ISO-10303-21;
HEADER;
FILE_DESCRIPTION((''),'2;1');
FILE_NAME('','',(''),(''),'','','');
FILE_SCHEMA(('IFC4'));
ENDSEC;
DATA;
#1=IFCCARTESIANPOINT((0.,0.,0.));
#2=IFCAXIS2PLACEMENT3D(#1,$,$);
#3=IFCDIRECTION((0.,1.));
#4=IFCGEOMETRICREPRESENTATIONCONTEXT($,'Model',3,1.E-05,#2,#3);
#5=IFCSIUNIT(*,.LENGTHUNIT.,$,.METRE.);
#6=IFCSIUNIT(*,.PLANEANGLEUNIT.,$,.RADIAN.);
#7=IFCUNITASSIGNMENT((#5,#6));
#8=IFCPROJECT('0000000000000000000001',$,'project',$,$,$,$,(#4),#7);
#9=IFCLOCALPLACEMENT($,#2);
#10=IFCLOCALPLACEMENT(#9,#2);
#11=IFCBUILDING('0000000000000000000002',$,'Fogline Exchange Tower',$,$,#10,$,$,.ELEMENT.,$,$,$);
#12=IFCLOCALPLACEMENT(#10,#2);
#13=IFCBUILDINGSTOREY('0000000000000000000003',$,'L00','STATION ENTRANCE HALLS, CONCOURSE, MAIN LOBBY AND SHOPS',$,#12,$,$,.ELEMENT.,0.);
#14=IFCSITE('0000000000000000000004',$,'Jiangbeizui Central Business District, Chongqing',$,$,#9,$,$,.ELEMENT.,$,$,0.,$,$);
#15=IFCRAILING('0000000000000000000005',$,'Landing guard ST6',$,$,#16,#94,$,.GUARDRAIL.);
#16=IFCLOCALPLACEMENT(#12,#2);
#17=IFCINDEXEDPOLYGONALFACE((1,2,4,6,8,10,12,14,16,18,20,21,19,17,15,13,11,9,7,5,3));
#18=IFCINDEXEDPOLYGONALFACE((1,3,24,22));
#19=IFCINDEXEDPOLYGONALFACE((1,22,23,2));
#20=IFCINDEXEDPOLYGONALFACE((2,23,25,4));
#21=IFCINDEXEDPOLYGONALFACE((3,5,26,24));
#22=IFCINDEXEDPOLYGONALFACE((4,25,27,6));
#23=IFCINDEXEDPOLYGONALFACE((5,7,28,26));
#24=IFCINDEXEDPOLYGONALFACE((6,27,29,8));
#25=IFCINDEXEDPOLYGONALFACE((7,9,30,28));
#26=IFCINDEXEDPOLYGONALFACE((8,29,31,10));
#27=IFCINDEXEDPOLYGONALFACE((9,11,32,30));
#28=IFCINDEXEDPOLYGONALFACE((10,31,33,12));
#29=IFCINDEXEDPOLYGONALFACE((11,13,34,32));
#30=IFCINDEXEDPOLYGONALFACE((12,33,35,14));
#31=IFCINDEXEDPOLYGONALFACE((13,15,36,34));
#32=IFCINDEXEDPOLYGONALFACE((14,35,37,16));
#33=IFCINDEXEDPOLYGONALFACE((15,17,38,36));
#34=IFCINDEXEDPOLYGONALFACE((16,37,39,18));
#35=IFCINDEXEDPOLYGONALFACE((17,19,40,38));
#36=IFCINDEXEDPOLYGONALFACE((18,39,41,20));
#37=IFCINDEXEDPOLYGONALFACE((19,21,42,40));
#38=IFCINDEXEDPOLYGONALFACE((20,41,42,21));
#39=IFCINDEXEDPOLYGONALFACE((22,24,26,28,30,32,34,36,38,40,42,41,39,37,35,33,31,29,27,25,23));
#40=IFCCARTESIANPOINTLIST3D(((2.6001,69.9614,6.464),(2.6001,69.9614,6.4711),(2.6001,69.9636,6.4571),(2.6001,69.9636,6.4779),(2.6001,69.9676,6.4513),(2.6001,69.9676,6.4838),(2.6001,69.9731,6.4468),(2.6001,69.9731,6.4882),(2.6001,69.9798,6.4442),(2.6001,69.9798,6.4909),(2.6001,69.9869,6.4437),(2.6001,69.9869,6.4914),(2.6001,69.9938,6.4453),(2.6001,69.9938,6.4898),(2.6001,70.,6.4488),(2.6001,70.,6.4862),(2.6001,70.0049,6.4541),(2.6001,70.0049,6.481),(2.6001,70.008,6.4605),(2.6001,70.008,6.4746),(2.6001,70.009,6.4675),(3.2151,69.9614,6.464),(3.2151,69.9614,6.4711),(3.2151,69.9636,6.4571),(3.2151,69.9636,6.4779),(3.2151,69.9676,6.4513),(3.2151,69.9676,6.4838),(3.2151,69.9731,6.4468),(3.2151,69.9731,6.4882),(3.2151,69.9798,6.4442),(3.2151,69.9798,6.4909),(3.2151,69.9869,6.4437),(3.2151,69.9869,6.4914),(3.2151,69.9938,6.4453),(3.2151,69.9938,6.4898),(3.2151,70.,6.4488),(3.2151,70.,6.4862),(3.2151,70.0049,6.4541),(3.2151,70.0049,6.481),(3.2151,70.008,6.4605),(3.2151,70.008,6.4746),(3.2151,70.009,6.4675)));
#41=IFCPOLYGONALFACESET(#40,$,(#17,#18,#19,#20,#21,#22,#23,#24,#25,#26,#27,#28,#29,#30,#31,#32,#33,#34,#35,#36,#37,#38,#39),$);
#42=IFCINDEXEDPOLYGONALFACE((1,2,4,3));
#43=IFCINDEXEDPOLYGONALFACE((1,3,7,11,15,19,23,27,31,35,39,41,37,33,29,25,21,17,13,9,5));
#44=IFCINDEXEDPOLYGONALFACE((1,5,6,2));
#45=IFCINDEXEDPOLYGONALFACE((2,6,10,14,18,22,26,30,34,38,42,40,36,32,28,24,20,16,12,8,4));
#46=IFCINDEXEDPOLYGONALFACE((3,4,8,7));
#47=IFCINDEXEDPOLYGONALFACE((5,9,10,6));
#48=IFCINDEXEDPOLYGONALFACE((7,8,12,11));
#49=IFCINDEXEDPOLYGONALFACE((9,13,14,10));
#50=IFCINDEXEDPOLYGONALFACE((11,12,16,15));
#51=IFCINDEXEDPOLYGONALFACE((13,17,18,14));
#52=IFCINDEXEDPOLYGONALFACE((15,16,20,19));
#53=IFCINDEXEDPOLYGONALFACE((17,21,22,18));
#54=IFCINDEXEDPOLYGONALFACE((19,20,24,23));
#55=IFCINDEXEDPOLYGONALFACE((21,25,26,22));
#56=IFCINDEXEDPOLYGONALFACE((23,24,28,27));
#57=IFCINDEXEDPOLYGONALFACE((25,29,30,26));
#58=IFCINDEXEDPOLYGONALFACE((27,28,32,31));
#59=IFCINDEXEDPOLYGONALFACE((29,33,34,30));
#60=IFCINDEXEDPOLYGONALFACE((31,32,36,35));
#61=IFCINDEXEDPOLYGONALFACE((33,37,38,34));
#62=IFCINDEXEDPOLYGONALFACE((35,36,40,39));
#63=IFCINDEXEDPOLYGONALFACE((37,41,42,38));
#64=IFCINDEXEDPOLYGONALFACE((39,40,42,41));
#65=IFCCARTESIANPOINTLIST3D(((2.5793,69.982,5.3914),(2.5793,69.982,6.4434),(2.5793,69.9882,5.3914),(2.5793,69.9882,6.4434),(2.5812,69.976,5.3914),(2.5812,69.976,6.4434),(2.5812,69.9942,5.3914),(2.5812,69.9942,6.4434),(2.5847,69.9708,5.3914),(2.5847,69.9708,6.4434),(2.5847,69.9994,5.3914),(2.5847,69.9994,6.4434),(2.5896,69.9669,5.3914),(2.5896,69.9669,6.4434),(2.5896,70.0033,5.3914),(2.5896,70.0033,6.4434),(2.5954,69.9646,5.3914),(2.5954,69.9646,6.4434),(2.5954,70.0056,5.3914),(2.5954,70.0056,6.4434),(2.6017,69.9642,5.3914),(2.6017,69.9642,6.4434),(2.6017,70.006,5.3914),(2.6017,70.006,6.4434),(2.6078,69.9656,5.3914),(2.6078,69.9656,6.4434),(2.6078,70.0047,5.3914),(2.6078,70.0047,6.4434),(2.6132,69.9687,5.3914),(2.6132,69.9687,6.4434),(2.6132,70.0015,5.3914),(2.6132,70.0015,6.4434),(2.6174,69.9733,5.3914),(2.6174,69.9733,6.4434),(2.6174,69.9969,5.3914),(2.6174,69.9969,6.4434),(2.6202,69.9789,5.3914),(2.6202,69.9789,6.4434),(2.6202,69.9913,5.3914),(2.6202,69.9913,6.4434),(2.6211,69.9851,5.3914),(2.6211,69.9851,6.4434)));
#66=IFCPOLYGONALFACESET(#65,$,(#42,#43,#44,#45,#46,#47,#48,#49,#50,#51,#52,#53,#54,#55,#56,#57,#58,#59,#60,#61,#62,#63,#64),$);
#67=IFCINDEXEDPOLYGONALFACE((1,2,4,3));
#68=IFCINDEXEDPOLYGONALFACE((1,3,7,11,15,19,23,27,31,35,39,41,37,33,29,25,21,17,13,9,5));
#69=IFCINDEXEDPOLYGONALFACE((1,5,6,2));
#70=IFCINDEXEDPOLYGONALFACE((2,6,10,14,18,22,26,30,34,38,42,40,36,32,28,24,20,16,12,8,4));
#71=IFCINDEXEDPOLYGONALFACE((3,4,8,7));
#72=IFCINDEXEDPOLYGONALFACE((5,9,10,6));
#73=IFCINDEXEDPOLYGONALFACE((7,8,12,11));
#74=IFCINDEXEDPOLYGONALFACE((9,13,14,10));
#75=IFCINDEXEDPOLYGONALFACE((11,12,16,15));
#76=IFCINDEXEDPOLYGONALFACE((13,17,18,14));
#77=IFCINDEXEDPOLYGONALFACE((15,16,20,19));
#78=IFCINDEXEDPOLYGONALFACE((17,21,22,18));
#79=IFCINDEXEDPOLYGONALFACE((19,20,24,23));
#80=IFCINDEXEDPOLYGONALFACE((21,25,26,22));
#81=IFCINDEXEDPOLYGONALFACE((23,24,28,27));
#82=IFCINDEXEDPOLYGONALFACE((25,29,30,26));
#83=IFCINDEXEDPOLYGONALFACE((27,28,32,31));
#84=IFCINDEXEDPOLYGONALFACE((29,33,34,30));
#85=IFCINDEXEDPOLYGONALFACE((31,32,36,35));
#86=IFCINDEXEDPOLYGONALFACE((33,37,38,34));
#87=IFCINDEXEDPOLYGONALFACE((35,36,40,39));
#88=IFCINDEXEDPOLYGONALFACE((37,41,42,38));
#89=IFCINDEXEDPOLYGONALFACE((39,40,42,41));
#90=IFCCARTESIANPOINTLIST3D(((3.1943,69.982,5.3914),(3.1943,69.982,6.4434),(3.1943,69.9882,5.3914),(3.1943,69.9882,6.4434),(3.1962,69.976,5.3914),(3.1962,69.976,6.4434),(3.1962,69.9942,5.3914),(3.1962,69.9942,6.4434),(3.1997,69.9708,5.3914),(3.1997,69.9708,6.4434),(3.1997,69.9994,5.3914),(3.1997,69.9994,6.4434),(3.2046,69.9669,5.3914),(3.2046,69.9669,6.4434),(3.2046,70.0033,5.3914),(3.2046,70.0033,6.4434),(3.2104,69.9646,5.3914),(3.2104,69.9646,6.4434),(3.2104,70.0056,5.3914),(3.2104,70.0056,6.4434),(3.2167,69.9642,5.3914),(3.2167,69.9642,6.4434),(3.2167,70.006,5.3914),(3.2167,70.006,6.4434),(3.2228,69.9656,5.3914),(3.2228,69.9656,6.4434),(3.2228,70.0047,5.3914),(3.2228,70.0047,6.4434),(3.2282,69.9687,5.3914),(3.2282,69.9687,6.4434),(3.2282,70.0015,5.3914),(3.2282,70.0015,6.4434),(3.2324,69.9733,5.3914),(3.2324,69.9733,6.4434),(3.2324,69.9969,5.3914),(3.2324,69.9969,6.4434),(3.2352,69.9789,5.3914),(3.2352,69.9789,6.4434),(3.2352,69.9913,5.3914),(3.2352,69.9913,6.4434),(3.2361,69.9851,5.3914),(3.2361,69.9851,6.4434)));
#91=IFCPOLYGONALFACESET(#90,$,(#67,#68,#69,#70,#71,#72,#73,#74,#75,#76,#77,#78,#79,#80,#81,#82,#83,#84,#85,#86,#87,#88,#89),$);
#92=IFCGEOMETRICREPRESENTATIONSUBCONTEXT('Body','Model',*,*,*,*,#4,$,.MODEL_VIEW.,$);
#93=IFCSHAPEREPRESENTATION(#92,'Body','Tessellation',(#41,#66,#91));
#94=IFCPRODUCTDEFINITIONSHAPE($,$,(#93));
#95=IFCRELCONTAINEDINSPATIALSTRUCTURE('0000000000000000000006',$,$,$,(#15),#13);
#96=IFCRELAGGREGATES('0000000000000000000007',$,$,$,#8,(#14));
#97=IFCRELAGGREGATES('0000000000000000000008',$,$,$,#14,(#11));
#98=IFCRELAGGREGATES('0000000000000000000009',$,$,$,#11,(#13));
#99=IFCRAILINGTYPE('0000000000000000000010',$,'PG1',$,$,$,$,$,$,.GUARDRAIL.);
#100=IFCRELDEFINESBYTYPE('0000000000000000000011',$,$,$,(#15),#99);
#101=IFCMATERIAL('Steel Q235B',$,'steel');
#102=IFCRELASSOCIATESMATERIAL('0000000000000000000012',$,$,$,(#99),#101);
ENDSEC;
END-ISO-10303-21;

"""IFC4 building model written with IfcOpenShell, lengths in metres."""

from ifc_helpers import new_model, si_unit, direction, frame, origin, origin_2d, place, context, subcontext, project, spatial, circle, extrude, material, type_object, element, save


model = new_model("IFC4")

# Units and contexts
model_context = context("Model", 3, precision=1e-05, world=origin(), true_north=direction((0.0, 1.0)))
body_context = subcontext(model_context, "Body", "Model", "MODEL_VIEW")
ifc_project = project(units=[si_unit("LENGTHUNIT", "METRE"), si_unit("PLANEANGLEUNIT", "RADIAN")], contexts=[model_context])

# Site, building, storey
site_placement = place(None, origin())
site = spatial("IfcSite", under=ifc_project, at=site_placement, Name="Jiangbeizui Central Business District, Chongqing", CompositionType="ELEMENT", RefElevation=0.0)
building_placement = place(site_placement, origin())
building = spatial("IfcBuilding", under=site, at=building_placement, Name="Fogline Exchange Tower", CompositionType="ELEMENT")
storey_placement = place(building_placement, origin())
storey = spatial("IfcBuildingStorey", under=building, at=storey_placement, Name="L00", Description="STATION ENTRANCE HALLS, CONCOURSE, MAIN LOBBY AND SHOPS", CompositionType="ELEMENT", Elevation=0.0)

# Shared definitions
ifc_material_1 = material(Name="Steel Q235B", Category="steel")

# Railing
railing_type_1 = type_object("IfcRailingType", Name="PG1", PredefinedType="GUARDRAIL", material=ifc_material_1)
for number, where, name in (
    (1, (2.6001, 69.9851, 5.3914), "Landing guard ST6"),
):
    element("IfcRailing", number, at=place(storey_placement, frame(where)), inside=storey, type_object=railing_type_1, Name=name, PredefinedType="GUARDRAIL", context=body_context, shape_type="SweptSolid", body=[
        extrude(circle(Radius=0.0239, at=origin_2d()), frame((0.0, 0.0, 1.0762), z_axis=(1.0, 0.0, 0.0), x_axis=(0.0, 1.0, 0.0)), (0.0, 0.0, 1.0), 0.615),
        extrude(circle(Radius=0.021, at=origin_2d()), origin(), (0.0, 0.0, 1.0), 1.052),
        extrude(circle(Radius=0.021, at=origin_2d()), frame((0.615, 0.0, 0.0)), (0.0, 0.0, 1.0), 1.052),
    ])

save(model, "model.ifc")
